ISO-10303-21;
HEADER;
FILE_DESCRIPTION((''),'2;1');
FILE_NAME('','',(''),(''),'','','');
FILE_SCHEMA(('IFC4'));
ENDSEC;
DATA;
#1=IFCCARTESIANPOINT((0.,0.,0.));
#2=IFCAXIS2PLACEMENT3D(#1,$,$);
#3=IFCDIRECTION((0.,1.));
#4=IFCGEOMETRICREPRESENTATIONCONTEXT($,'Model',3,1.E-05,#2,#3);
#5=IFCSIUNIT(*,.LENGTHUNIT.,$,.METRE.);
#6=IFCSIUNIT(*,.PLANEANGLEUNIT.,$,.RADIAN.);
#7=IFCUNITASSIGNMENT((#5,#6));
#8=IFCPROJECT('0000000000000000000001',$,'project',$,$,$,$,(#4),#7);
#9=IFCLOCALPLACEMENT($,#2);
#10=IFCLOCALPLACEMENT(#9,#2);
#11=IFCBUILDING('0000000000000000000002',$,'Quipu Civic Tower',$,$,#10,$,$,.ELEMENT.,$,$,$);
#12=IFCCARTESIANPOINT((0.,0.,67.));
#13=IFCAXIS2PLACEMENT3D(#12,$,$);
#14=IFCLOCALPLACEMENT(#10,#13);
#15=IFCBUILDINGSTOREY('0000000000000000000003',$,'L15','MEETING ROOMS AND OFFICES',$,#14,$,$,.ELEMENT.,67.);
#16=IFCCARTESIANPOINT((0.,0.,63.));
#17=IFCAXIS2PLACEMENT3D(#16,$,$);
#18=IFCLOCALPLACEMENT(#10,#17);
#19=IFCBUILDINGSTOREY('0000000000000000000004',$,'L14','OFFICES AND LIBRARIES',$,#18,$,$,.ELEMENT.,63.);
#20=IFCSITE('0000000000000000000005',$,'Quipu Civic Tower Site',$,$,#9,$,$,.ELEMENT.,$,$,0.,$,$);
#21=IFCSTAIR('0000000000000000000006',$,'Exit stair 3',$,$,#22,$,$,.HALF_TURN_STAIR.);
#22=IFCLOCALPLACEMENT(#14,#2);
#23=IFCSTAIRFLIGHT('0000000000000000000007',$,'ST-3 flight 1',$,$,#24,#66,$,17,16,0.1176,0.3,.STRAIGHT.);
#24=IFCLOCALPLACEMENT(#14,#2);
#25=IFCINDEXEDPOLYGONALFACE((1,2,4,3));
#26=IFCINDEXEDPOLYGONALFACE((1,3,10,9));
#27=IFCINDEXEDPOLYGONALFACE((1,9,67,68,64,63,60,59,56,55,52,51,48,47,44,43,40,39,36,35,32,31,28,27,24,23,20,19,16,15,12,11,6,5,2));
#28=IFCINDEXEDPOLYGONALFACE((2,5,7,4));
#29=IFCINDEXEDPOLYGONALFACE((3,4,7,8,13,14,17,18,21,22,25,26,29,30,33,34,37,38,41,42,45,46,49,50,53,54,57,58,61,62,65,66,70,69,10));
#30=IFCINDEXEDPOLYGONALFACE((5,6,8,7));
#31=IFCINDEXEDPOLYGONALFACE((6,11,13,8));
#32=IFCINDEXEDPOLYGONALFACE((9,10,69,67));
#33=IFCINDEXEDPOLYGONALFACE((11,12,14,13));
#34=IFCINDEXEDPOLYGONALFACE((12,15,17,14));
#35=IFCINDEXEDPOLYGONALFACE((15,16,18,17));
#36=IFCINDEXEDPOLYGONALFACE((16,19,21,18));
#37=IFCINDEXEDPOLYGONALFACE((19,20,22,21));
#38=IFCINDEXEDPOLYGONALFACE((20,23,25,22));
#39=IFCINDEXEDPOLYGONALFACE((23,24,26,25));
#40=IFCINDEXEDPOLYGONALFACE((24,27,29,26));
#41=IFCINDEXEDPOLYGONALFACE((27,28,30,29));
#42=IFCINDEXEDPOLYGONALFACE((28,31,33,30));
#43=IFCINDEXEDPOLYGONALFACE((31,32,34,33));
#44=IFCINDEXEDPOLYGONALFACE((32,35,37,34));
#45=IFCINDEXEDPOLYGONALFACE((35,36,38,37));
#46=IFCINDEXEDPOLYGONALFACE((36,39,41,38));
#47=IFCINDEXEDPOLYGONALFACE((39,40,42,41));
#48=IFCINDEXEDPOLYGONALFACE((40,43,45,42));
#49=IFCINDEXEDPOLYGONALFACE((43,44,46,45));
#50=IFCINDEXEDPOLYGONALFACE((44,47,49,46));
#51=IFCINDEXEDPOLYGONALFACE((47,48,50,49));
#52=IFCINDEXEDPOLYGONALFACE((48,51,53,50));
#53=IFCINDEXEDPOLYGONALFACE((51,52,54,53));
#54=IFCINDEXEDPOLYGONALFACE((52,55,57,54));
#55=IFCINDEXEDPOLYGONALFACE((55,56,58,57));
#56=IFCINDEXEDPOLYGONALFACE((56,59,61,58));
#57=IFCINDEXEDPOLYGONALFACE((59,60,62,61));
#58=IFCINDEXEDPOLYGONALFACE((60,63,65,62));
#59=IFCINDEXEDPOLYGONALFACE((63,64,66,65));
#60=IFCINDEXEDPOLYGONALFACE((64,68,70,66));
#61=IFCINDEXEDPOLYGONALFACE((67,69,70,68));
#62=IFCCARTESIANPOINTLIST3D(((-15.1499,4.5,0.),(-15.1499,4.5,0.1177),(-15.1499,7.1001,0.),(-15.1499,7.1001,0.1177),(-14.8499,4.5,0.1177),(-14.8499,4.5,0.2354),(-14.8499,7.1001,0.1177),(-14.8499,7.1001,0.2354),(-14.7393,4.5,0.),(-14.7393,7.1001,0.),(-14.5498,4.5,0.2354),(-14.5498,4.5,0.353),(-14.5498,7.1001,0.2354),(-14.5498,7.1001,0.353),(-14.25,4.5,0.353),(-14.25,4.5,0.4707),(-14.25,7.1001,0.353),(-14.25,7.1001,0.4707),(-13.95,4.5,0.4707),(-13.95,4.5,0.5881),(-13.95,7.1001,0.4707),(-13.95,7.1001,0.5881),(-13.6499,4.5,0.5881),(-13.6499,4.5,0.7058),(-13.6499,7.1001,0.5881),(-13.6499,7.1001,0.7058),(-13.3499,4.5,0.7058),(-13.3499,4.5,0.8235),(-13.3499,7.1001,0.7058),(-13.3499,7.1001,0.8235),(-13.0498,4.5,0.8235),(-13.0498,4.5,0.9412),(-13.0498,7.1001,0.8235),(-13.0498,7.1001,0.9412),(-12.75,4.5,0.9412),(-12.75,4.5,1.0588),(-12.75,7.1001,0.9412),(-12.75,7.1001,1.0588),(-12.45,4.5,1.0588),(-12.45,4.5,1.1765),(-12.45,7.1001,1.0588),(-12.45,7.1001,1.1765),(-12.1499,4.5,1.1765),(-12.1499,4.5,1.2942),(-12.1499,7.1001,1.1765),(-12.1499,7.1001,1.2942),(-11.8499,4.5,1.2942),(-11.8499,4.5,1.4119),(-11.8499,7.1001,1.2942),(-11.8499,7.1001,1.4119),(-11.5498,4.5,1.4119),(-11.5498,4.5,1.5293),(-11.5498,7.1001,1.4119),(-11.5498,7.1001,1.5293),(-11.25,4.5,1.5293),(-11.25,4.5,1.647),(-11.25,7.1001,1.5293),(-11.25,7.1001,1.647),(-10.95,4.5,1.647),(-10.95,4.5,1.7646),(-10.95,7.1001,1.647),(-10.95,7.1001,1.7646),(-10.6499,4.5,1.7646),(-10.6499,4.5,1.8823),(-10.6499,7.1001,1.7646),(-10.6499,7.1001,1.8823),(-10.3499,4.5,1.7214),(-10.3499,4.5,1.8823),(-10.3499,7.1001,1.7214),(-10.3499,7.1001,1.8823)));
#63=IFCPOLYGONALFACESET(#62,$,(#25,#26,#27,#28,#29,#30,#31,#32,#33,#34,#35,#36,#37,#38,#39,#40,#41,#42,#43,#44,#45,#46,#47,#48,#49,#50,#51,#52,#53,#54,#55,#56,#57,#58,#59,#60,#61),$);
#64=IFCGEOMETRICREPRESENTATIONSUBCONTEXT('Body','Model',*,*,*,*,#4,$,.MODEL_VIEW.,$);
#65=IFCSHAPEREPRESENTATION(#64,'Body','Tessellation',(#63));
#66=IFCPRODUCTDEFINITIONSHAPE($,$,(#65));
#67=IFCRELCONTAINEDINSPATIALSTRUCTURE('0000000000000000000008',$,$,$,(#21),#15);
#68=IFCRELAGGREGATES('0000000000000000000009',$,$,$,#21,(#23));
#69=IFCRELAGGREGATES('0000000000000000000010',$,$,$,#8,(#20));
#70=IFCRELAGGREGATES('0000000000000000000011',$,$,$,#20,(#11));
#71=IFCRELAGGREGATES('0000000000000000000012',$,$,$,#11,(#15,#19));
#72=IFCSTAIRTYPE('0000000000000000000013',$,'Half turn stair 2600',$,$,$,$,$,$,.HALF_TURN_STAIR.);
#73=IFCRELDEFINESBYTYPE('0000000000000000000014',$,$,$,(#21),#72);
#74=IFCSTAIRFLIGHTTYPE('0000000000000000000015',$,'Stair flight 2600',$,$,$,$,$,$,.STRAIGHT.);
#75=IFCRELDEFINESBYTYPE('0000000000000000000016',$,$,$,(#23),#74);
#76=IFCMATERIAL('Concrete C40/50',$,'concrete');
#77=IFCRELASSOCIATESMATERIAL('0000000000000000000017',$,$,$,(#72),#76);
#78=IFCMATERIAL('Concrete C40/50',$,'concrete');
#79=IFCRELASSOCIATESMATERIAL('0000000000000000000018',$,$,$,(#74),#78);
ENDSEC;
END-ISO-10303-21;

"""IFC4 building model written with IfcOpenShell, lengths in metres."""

from ifc_helpers import new_model, si_unit, direction, frame, origin, place, context, subcontext, project, spatial, polyline, outline, extrude, material, type_object, element, aggregate, save


model = new_model("IFC4")

# Units and contexts
model_context = context("Model", 3, precision=1e-05, world=origin(), true_north=direction((0.0, 1.0)))
body_context = subcontext(model_context, "Body", "Model", "MODEL_VIEW")
ifc_project = project(units=[si_unit("LENGTHUNIT", "METRE"), si_unit("PLANEANGLEUNIT", "RADIAN")], contexts=[model_context])

# Site, building, storey
site_placement = place(None, origin())
site = spatial("IfcSite", under=ifc_project, at=site_placement, Name="Quipu Civic Tower Site", CompositionType="ELEMENT", RefElevation=0.0)
building_placement = place(site_placement, origin())
building = spatial("IfcBuilding", under=site, at=building_placement, Name="Quipu Civic Tower", CompositionType="ELEMENT")
storey_1_placement = place(building_placement, frame((0.0, 0.0, 67.0)))
storey_1 = spatial("IfcBuildingStorey", under=building, at=storey_1_placement, Name="L15", Description="MEETING ROOMS AND OFFICES", CompositionType="ELEMENT", Elevation=67.0)

# Shared definitions
storey_2_placement = place(building_placement, frame((0.0, 0.0, 63.0)))
storey_2 = spatial("IfcBuildingStorey", under=building, at=storey_2_placement, Name="L14", Description="OFFICES AND LIBRARIES", CompositionType="ELEMENT", Elevation=63.0)

# Stair, stair flight
ifc_material_1 = material(Name="Concrete C40/50", Category="concrete")
stair_type = type_object("IfcStairType", Name="Half turn stair 2600", PredefinedType="HALF_TURN_STAIR", material=ifc_material_1)
stair_placement = place(storey_1_placement, origin())
stair = element("IfcStair", 1, at=stair_placement, inside=storey_1, type_object=stair_type, Name="Exit stair 3", PredefinedType="HALF_TURN_STAIR")
ifc_material_2 = material(Name="Concrete C40/50", Category="concrete")
stair_flight_type = type_object("IfcStairFlightType", Name="Stair flight 2600", PredefinedType="STRAIGHT", material=ifc_material_2)
stair_flight_placement = place(storey_1_placement, frame((-15.1499, 5.8, 0.0), z_axis=(0.0, 0.0, 1.0), x_axis=(1.0, 0.0, 0.0)))
stair_flight = element("IfcStairFlight", 2, at=stair_flight_placement, type_object=stair_flight_type, Name="ST-3 flight 1", NumberOfRisers=17, NumberOfTreads=16, PredefinedType="STRAIGHT", RiserHeight=0.1176, TreadLength=0.3, context=body_context, shape_type="SweptSolid", body=[
    extrude(outline(polyline([(0.0, 0.0), (0.0, 0.1177), (0.3, 0.1177), (0.3, 0.2354), (0.6001, 0.2354), (0.6001, 0.353), (0.8999, 0.353), (0.8999, 0.4707), (1.2, 0.4707), (1.2, 0.5881), (1.5, 0.5881), (1.5, 0.7058), (1.8, 0.7058), (1.8, 0.8235), (2.1001, 0.8235), (2.1001, 0.9412), (2.3999, 0.9412), (2.3999, 1.0588), (2.7, 1.0588), (2.7, 1.1765), (3.0, 1.1765), (3.0, 1.2942), (3.3, 1.2942), (3.3, 1.4119), (3.6001, 1.4119), (3.6001, 1.5293), (3.8999, 1.5293), (3.8999, 1.647), (4.2, 1.647), (4.2, 1.7646), (4.5, 1.7646), (4.5, 1.8823), (4.8, 1.8823), (4.8, 2.0), (4.8, 1.7214), (0.4106, 0.0), (0.0, 0.0)])), frame((0.0, 1.3, 0.0), z_axis=(0.0, -1.0, 0.0), x_axis=(1.0, 0.0, 0.0)), (0.0, 0.0, 1.0), 2.6001),
])
aggregate(stair, [stair_flight])

save(model, "model.ifc")
